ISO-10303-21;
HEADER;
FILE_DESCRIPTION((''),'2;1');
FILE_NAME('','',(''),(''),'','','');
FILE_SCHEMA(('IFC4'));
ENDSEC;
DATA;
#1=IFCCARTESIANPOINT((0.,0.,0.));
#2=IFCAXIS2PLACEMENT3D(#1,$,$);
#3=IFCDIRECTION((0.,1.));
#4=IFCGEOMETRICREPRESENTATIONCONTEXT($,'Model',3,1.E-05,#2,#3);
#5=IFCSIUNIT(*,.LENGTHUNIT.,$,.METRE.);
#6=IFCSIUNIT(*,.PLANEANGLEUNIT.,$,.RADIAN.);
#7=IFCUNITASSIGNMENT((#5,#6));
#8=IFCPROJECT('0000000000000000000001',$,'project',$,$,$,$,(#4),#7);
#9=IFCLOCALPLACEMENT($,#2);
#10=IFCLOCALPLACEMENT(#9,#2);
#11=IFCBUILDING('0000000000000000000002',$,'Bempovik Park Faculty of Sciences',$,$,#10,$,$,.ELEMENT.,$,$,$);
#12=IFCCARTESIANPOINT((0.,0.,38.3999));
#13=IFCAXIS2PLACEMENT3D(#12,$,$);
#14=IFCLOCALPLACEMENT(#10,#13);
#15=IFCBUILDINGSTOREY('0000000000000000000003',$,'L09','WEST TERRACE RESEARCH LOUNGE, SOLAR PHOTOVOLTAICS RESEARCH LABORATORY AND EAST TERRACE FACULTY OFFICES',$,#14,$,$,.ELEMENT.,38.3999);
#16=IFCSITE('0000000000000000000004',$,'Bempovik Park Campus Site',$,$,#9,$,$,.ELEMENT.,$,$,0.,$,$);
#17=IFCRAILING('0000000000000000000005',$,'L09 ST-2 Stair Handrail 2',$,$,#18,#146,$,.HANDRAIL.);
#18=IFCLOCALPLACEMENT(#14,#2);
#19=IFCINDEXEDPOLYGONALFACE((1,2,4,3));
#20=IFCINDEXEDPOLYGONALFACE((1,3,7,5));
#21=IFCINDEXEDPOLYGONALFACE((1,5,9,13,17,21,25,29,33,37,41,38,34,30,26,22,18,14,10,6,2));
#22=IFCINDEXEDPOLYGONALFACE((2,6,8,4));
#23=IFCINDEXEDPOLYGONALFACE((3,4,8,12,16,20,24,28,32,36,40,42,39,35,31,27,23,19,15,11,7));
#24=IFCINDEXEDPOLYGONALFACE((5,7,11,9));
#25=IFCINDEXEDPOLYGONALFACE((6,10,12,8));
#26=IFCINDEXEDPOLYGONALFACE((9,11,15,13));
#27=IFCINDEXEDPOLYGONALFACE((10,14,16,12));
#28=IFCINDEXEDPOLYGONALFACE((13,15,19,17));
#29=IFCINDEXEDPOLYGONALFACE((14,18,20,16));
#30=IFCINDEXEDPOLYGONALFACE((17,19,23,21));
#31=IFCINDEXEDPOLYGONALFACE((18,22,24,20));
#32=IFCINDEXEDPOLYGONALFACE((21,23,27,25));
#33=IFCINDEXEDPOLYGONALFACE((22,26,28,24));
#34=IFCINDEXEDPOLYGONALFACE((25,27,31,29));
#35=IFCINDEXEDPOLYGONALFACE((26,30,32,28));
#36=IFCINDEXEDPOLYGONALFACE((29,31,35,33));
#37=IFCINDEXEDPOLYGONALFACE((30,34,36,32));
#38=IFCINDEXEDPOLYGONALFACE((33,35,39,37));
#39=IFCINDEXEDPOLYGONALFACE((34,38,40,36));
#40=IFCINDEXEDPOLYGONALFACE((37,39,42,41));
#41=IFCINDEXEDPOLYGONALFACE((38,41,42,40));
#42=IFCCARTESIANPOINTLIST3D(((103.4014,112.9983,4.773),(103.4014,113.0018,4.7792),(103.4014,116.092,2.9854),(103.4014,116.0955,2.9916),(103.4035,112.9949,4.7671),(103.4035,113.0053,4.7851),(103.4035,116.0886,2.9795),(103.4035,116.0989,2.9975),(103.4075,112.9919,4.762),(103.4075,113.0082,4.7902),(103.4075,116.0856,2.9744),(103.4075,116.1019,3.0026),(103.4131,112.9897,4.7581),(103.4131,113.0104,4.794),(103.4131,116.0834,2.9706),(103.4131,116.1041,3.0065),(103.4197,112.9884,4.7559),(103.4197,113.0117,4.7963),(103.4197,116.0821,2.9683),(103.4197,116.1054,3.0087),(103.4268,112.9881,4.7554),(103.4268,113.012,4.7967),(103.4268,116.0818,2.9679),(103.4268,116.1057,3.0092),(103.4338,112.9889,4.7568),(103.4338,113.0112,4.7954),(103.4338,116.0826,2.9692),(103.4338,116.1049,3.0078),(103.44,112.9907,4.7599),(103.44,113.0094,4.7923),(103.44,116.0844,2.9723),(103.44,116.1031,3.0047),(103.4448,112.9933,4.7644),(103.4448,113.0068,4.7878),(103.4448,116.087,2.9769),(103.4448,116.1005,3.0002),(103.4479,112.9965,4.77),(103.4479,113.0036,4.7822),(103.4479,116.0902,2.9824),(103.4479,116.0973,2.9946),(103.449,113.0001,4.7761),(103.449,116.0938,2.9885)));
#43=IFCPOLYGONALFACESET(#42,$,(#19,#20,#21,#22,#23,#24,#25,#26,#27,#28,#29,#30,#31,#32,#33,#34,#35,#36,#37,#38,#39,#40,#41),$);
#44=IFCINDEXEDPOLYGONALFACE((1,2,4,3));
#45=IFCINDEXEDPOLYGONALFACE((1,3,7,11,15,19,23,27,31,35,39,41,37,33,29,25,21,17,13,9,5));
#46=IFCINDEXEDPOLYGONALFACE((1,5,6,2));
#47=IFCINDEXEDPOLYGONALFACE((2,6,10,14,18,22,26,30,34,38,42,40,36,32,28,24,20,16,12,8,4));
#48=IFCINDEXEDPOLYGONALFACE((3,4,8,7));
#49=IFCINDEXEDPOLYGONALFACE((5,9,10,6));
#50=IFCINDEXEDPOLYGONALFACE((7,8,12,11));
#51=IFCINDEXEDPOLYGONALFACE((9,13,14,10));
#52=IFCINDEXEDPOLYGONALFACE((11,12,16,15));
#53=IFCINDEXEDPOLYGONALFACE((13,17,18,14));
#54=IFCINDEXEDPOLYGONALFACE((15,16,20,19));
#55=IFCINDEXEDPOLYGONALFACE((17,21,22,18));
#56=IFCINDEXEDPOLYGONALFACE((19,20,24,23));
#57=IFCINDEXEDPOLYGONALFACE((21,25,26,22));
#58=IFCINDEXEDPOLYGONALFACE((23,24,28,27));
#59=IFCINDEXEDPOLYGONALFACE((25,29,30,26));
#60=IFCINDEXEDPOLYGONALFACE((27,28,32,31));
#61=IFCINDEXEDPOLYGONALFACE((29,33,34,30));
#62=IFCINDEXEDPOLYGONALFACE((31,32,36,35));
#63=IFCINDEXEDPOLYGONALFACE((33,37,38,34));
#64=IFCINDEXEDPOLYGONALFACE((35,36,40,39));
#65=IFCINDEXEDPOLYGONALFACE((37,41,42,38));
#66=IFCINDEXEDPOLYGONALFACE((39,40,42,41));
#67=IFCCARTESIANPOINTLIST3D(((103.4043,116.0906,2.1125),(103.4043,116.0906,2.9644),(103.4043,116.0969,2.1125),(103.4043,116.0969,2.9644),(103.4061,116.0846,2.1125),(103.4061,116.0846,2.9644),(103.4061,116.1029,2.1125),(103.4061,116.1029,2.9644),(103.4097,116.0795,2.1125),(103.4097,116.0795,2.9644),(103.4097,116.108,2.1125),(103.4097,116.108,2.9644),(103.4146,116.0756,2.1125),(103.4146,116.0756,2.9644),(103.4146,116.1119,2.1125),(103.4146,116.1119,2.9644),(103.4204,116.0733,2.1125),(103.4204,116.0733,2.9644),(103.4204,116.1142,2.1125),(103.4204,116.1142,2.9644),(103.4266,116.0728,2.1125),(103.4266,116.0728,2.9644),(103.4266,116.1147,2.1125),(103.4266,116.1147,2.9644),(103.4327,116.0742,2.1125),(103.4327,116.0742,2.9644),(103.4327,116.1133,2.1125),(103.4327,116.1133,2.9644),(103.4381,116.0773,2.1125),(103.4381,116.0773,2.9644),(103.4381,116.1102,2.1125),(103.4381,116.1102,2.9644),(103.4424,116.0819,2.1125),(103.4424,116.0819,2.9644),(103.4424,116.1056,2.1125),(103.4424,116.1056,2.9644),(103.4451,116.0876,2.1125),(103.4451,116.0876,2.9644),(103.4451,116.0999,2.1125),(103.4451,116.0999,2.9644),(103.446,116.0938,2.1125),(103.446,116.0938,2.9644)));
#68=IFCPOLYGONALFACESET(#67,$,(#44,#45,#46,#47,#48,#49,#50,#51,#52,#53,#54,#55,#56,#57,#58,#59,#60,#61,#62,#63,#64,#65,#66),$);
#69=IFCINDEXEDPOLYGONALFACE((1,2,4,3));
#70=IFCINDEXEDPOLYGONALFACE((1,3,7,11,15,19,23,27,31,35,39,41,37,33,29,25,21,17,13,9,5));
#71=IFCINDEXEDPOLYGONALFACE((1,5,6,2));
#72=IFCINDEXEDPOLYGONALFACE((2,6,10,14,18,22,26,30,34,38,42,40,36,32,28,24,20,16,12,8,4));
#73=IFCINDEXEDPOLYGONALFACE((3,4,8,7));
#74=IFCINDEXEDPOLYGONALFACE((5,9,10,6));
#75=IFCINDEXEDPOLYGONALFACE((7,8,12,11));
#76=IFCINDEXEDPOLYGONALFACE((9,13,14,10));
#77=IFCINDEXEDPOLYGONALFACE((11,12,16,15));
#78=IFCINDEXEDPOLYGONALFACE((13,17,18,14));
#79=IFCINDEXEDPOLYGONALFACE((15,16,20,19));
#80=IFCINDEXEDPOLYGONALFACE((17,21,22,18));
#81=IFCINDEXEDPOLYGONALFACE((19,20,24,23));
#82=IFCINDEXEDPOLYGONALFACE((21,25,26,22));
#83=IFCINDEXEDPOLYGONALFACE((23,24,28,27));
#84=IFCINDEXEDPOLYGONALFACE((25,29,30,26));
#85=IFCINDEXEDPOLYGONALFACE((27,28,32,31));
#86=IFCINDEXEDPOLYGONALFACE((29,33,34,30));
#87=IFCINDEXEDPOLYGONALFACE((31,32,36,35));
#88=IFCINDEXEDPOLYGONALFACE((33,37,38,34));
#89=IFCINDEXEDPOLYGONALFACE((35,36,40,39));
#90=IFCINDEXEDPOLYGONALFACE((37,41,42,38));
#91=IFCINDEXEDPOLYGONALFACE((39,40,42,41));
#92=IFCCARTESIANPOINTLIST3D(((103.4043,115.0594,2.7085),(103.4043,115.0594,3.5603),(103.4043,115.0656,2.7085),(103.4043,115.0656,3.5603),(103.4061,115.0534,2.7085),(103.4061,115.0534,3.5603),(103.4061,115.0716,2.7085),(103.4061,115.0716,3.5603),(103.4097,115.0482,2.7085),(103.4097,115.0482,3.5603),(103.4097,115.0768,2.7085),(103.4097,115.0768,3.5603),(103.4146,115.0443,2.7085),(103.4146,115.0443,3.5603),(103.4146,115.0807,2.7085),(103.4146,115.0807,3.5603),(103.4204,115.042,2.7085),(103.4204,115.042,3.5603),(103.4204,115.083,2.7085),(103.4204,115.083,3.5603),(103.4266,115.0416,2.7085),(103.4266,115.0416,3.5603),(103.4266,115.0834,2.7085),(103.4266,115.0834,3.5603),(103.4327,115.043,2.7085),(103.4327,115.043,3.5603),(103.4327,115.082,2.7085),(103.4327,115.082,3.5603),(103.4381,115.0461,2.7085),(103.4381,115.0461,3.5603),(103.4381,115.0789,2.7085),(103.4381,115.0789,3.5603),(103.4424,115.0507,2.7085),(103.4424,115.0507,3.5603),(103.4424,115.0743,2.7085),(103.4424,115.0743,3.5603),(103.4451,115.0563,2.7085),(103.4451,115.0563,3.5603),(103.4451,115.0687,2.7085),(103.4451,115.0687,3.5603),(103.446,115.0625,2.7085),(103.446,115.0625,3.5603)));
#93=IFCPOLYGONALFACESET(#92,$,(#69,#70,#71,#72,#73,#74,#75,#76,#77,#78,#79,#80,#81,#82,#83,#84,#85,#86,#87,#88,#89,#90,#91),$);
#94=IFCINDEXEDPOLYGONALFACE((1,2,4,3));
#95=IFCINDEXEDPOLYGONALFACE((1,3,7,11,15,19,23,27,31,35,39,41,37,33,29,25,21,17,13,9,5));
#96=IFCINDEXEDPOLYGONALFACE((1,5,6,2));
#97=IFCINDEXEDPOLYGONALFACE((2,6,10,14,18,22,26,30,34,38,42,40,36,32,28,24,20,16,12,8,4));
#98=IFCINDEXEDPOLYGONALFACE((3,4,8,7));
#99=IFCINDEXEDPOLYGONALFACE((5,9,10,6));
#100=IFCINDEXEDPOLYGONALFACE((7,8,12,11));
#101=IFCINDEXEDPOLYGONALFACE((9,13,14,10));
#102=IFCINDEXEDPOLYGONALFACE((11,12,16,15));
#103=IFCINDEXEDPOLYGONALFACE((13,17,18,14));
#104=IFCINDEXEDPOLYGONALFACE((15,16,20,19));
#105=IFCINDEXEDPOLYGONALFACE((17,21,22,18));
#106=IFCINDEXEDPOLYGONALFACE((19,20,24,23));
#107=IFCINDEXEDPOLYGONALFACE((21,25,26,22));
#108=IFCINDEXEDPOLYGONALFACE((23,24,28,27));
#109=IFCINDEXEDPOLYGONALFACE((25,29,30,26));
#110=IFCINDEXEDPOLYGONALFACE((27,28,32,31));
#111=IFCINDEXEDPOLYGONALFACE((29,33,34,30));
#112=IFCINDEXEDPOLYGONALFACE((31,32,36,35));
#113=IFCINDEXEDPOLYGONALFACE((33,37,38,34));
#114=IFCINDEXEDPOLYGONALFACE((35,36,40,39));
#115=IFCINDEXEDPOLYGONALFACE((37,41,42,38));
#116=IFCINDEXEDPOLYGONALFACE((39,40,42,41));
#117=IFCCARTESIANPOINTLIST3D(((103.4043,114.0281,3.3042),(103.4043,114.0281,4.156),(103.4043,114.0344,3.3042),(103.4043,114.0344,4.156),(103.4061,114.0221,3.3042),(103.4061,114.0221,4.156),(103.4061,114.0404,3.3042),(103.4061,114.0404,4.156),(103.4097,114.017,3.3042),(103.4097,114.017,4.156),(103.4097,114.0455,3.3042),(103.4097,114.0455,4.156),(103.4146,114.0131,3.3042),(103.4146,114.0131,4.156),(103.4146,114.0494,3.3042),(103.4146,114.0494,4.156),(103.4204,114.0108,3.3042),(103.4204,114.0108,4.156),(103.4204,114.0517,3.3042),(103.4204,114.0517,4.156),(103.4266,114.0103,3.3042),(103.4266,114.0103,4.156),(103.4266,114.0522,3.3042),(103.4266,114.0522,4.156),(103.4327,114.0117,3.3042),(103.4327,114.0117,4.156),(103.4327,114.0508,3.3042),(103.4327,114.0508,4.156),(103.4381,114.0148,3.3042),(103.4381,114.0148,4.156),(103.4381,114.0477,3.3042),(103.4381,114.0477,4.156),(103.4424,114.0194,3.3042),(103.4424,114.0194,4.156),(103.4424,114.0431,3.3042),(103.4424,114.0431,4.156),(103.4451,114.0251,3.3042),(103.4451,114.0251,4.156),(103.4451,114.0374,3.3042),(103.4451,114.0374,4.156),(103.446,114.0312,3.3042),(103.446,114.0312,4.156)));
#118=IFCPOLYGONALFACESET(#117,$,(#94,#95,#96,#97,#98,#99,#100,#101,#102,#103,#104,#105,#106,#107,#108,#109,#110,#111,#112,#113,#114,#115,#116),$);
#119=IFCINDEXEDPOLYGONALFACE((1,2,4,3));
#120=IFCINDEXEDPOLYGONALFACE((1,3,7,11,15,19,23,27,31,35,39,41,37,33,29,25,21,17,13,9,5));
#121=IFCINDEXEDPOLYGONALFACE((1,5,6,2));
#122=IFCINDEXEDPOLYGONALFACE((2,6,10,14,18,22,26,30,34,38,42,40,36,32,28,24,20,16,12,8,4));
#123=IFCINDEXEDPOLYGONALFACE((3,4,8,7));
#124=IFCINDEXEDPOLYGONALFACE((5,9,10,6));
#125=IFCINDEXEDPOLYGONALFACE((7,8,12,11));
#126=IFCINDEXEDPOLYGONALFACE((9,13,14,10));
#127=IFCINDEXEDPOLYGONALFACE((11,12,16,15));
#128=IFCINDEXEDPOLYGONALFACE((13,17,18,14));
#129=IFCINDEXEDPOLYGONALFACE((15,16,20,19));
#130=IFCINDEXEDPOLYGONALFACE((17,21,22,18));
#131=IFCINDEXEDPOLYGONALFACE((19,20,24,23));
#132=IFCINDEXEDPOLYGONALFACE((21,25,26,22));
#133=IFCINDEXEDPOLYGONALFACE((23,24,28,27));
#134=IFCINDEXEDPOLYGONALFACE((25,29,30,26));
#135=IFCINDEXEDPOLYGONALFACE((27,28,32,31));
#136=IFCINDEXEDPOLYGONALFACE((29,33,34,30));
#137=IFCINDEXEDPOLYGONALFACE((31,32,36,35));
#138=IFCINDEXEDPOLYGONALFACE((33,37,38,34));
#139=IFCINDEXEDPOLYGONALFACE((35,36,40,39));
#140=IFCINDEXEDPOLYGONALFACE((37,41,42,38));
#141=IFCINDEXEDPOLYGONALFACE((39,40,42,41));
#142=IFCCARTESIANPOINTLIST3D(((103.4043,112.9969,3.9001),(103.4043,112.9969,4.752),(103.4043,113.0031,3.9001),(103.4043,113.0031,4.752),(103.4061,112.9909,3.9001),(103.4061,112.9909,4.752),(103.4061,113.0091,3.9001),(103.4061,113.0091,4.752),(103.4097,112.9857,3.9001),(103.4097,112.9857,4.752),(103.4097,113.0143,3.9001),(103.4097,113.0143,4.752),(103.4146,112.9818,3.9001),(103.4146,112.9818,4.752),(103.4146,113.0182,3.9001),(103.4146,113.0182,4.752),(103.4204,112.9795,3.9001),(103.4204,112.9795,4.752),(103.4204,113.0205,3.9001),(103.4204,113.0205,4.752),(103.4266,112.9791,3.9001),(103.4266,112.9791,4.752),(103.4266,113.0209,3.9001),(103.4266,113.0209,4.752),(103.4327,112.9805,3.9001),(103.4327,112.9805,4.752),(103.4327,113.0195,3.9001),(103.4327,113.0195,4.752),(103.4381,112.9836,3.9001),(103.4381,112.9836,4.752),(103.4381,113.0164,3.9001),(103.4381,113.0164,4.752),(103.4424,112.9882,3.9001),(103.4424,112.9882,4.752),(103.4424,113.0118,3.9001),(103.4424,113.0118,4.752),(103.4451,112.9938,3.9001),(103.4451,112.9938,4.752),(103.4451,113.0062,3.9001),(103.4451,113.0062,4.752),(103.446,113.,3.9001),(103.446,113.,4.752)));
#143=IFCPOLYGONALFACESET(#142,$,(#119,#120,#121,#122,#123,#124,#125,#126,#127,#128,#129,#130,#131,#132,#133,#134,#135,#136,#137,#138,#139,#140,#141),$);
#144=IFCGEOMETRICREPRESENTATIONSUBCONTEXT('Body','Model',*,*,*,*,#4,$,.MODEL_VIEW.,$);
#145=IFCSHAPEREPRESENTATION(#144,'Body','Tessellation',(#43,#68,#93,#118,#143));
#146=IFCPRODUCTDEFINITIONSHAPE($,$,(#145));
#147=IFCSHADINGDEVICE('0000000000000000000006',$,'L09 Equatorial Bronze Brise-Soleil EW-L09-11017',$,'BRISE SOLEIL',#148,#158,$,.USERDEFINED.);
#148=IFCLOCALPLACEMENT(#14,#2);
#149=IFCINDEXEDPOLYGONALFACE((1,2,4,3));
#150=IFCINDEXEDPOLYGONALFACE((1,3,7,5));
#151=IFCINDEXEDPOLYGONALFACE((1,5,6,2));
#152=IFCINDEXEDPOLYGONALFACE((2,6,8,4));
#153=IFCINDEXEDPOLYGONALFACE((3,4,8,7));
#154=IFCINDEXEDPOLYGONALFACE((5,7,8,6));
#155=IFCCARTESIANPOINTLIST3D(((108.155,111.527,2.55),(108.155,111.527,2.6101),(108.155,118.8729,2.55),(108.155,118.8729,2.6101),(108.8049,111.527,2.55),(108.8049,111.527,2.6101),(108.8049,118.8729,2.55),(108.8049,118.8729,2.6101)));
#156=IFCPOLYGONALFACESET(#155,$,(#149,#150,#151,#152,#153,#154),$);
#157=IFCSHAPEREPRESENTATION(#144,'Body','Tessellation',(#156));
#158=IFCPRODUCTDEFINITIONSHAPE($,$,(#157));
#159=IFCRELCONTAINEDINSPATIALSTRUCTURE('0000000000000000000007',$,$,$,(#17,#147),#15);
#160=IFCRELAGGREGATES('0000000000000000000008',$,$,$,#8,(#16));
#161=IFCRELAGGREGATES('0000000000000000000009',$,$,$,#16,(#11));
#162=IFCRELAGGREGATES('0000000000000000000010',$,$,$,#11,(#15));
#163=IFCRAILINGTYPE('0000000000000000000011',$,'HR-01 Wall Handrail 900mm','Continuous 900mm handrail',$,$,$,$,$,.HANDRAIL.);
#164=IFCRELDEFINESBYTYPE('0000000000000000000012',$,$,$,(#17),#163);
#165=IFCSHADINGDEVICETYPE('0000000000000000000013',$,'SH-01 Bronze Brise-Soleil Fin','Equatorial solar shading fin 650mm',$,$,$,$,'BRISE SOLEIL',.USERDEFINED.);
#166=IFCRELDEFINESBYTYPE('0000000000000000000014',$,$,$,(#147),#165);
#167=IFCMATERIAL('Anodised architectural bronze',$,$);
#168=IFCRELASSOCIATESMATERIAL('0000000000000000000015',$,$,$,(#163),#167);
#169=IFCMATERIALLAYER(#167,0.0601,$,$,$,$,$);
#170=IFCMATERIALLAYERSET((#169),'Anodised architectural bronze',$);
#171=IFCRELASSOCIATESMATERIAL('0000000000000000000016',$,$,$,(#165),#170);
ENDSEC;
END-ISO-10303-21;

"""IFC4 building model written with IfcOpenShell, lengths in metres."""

from ifc_helpers import new_model, si_unit, direction, frame, origin, origin_2d, place, context, subcontext, project, spatial, rectangle, circle, extrude, material, layer, layer_set, type_object, element, save


model = new_model("IFC4")

# Units and contexts
model_context = context("Model", 3, precision=1e-05, world=origin(), true_north=direction((0.0, 1.0)))
body_context = subcontext(model_context, "Body", "Model", "MODEL_VIEW")
ifc_project = project(units=[si_unit("LENGTHUNIT", "METRE"), si_unit("PLANEANGLEUNIT", "RADIAN")], contexts=[model_context])

# Site, building, storey
site_placement = place(None, origin())
site = spatial("IfcSite", under=ifc_project, at=site_placement, Name="Bempovik Park Campus Site", CompositionType="ELEMENT", RefElevation=0.0)
building_placement = place(site_placement, origin())
building = spatial("IfcBuilding", under=site, at=building_placement, Name="Bempovik Park Faculty of Sciences", CompositionType="ELEMENT")
storey_placement = place(building_placement, frame((0.0, 0.0, 38.3999)))
storey = spatial("IfcBuildingStorey", under=building, at=storey_placement, Name="L09", Description="WEST TERRACE RESEARCH LOUNGE, SOLAR PHOTOVOLTAICS RESEARCH LABORATORY AND EAST TERRACE FACULTY OFFICES", CompositionType="ELEMENT", Elevation=38.3999)

# Railing
ifc_material_1 = material(Name="Anodised architectural bronze")
railing_type_1 = type_object("IfcRailingType", Name="HR-01 Wall Handrail 900mm", Description="Continuous 900mm handrail", PredefinedType="HANDRAIL", material=ifc_material_1)
railing_1_placement = place(storey_placement, frame((103.425, 116.0938, 2.1125)))
element("IfcRailing", 1, at=railing_1_placement, inside=storey, type_object=railing_type_1, Name="L09 ST-2 Stair Handrail 2", PredefinedType="HANDRAIL", context=body_context, shape_type="SweptSolid", body=[
    extrude(circle(Radius=0.0239, at=origin_2d()), frame((0.0, 0.0, 0.876), z_axis=(0.0, -0.865853, 0.500298), x_axis=(1.0, 0.0, 0.0)), (0.0, 0.0, 1.0), 3.573),
    extrude(circle(Radius=0.021, at=origin_2d()), origin(), (0.0, 0.0, 1.0), 0.8518),
    extrude(circle(Radius=0.021, at=origin_2d()), frame((0.0, -1.0312, 0.5959)), (0.0, 0.0, 1.0), 0.8518),
    extrude(circle(Radius=0.021, at=origin_2d()), frame((0.0, -2.0625, 1.1917)), (0.0, 0.0, 1.0), 0.8518),
    extrude(circle(Radius=0.021, at=origin_2d()), frame((0.0, -3.0938, 1.7876)), (0.0, 0.0, 1.0), 0.8518),
])

# Shading device
ifc_layer_1 = layer(ifc_material_1, 0.0601)
ifc_layer_set_1 = layer_set([ifc_layer_1], Name="Anodised architectural bronze")
shading_device_type = type_object("IfcShadingDeviceType", Name="SH-01 Bronze Brise-Soleil Fin", Description="Equatorial solar shading fin 650mm", ElementType="BRISE SOLEIL", PredefinedType="USERDEFINED", material=ifc_layer_set_1)
shading_device_placement = place(storey_placement, frame((108.48, 115.2, 2.55), z_axis=(0.0, 0.0, 1.0), x_axis=(1.0, 0.0, 0.0)))
element("IfcShadingDevice", 2, at=shading_device_placement, inside=storey, type_object=shading_device_type, Name="L09 Equatorial Bronze Brise-Soleil EW-L09-11017", ObjectType="BRISE SOLEIL", PredefinedType="USERDEFINED", context=body_context, shape_type="SweptSolid", body=[
    extrude(rectangle(XDim=0.6499, YDim=7.3459, at=origin_2d()), origin(), (0.0, 0.0, 1.0), 0.0601),
])

save(model, "model.ifc")
